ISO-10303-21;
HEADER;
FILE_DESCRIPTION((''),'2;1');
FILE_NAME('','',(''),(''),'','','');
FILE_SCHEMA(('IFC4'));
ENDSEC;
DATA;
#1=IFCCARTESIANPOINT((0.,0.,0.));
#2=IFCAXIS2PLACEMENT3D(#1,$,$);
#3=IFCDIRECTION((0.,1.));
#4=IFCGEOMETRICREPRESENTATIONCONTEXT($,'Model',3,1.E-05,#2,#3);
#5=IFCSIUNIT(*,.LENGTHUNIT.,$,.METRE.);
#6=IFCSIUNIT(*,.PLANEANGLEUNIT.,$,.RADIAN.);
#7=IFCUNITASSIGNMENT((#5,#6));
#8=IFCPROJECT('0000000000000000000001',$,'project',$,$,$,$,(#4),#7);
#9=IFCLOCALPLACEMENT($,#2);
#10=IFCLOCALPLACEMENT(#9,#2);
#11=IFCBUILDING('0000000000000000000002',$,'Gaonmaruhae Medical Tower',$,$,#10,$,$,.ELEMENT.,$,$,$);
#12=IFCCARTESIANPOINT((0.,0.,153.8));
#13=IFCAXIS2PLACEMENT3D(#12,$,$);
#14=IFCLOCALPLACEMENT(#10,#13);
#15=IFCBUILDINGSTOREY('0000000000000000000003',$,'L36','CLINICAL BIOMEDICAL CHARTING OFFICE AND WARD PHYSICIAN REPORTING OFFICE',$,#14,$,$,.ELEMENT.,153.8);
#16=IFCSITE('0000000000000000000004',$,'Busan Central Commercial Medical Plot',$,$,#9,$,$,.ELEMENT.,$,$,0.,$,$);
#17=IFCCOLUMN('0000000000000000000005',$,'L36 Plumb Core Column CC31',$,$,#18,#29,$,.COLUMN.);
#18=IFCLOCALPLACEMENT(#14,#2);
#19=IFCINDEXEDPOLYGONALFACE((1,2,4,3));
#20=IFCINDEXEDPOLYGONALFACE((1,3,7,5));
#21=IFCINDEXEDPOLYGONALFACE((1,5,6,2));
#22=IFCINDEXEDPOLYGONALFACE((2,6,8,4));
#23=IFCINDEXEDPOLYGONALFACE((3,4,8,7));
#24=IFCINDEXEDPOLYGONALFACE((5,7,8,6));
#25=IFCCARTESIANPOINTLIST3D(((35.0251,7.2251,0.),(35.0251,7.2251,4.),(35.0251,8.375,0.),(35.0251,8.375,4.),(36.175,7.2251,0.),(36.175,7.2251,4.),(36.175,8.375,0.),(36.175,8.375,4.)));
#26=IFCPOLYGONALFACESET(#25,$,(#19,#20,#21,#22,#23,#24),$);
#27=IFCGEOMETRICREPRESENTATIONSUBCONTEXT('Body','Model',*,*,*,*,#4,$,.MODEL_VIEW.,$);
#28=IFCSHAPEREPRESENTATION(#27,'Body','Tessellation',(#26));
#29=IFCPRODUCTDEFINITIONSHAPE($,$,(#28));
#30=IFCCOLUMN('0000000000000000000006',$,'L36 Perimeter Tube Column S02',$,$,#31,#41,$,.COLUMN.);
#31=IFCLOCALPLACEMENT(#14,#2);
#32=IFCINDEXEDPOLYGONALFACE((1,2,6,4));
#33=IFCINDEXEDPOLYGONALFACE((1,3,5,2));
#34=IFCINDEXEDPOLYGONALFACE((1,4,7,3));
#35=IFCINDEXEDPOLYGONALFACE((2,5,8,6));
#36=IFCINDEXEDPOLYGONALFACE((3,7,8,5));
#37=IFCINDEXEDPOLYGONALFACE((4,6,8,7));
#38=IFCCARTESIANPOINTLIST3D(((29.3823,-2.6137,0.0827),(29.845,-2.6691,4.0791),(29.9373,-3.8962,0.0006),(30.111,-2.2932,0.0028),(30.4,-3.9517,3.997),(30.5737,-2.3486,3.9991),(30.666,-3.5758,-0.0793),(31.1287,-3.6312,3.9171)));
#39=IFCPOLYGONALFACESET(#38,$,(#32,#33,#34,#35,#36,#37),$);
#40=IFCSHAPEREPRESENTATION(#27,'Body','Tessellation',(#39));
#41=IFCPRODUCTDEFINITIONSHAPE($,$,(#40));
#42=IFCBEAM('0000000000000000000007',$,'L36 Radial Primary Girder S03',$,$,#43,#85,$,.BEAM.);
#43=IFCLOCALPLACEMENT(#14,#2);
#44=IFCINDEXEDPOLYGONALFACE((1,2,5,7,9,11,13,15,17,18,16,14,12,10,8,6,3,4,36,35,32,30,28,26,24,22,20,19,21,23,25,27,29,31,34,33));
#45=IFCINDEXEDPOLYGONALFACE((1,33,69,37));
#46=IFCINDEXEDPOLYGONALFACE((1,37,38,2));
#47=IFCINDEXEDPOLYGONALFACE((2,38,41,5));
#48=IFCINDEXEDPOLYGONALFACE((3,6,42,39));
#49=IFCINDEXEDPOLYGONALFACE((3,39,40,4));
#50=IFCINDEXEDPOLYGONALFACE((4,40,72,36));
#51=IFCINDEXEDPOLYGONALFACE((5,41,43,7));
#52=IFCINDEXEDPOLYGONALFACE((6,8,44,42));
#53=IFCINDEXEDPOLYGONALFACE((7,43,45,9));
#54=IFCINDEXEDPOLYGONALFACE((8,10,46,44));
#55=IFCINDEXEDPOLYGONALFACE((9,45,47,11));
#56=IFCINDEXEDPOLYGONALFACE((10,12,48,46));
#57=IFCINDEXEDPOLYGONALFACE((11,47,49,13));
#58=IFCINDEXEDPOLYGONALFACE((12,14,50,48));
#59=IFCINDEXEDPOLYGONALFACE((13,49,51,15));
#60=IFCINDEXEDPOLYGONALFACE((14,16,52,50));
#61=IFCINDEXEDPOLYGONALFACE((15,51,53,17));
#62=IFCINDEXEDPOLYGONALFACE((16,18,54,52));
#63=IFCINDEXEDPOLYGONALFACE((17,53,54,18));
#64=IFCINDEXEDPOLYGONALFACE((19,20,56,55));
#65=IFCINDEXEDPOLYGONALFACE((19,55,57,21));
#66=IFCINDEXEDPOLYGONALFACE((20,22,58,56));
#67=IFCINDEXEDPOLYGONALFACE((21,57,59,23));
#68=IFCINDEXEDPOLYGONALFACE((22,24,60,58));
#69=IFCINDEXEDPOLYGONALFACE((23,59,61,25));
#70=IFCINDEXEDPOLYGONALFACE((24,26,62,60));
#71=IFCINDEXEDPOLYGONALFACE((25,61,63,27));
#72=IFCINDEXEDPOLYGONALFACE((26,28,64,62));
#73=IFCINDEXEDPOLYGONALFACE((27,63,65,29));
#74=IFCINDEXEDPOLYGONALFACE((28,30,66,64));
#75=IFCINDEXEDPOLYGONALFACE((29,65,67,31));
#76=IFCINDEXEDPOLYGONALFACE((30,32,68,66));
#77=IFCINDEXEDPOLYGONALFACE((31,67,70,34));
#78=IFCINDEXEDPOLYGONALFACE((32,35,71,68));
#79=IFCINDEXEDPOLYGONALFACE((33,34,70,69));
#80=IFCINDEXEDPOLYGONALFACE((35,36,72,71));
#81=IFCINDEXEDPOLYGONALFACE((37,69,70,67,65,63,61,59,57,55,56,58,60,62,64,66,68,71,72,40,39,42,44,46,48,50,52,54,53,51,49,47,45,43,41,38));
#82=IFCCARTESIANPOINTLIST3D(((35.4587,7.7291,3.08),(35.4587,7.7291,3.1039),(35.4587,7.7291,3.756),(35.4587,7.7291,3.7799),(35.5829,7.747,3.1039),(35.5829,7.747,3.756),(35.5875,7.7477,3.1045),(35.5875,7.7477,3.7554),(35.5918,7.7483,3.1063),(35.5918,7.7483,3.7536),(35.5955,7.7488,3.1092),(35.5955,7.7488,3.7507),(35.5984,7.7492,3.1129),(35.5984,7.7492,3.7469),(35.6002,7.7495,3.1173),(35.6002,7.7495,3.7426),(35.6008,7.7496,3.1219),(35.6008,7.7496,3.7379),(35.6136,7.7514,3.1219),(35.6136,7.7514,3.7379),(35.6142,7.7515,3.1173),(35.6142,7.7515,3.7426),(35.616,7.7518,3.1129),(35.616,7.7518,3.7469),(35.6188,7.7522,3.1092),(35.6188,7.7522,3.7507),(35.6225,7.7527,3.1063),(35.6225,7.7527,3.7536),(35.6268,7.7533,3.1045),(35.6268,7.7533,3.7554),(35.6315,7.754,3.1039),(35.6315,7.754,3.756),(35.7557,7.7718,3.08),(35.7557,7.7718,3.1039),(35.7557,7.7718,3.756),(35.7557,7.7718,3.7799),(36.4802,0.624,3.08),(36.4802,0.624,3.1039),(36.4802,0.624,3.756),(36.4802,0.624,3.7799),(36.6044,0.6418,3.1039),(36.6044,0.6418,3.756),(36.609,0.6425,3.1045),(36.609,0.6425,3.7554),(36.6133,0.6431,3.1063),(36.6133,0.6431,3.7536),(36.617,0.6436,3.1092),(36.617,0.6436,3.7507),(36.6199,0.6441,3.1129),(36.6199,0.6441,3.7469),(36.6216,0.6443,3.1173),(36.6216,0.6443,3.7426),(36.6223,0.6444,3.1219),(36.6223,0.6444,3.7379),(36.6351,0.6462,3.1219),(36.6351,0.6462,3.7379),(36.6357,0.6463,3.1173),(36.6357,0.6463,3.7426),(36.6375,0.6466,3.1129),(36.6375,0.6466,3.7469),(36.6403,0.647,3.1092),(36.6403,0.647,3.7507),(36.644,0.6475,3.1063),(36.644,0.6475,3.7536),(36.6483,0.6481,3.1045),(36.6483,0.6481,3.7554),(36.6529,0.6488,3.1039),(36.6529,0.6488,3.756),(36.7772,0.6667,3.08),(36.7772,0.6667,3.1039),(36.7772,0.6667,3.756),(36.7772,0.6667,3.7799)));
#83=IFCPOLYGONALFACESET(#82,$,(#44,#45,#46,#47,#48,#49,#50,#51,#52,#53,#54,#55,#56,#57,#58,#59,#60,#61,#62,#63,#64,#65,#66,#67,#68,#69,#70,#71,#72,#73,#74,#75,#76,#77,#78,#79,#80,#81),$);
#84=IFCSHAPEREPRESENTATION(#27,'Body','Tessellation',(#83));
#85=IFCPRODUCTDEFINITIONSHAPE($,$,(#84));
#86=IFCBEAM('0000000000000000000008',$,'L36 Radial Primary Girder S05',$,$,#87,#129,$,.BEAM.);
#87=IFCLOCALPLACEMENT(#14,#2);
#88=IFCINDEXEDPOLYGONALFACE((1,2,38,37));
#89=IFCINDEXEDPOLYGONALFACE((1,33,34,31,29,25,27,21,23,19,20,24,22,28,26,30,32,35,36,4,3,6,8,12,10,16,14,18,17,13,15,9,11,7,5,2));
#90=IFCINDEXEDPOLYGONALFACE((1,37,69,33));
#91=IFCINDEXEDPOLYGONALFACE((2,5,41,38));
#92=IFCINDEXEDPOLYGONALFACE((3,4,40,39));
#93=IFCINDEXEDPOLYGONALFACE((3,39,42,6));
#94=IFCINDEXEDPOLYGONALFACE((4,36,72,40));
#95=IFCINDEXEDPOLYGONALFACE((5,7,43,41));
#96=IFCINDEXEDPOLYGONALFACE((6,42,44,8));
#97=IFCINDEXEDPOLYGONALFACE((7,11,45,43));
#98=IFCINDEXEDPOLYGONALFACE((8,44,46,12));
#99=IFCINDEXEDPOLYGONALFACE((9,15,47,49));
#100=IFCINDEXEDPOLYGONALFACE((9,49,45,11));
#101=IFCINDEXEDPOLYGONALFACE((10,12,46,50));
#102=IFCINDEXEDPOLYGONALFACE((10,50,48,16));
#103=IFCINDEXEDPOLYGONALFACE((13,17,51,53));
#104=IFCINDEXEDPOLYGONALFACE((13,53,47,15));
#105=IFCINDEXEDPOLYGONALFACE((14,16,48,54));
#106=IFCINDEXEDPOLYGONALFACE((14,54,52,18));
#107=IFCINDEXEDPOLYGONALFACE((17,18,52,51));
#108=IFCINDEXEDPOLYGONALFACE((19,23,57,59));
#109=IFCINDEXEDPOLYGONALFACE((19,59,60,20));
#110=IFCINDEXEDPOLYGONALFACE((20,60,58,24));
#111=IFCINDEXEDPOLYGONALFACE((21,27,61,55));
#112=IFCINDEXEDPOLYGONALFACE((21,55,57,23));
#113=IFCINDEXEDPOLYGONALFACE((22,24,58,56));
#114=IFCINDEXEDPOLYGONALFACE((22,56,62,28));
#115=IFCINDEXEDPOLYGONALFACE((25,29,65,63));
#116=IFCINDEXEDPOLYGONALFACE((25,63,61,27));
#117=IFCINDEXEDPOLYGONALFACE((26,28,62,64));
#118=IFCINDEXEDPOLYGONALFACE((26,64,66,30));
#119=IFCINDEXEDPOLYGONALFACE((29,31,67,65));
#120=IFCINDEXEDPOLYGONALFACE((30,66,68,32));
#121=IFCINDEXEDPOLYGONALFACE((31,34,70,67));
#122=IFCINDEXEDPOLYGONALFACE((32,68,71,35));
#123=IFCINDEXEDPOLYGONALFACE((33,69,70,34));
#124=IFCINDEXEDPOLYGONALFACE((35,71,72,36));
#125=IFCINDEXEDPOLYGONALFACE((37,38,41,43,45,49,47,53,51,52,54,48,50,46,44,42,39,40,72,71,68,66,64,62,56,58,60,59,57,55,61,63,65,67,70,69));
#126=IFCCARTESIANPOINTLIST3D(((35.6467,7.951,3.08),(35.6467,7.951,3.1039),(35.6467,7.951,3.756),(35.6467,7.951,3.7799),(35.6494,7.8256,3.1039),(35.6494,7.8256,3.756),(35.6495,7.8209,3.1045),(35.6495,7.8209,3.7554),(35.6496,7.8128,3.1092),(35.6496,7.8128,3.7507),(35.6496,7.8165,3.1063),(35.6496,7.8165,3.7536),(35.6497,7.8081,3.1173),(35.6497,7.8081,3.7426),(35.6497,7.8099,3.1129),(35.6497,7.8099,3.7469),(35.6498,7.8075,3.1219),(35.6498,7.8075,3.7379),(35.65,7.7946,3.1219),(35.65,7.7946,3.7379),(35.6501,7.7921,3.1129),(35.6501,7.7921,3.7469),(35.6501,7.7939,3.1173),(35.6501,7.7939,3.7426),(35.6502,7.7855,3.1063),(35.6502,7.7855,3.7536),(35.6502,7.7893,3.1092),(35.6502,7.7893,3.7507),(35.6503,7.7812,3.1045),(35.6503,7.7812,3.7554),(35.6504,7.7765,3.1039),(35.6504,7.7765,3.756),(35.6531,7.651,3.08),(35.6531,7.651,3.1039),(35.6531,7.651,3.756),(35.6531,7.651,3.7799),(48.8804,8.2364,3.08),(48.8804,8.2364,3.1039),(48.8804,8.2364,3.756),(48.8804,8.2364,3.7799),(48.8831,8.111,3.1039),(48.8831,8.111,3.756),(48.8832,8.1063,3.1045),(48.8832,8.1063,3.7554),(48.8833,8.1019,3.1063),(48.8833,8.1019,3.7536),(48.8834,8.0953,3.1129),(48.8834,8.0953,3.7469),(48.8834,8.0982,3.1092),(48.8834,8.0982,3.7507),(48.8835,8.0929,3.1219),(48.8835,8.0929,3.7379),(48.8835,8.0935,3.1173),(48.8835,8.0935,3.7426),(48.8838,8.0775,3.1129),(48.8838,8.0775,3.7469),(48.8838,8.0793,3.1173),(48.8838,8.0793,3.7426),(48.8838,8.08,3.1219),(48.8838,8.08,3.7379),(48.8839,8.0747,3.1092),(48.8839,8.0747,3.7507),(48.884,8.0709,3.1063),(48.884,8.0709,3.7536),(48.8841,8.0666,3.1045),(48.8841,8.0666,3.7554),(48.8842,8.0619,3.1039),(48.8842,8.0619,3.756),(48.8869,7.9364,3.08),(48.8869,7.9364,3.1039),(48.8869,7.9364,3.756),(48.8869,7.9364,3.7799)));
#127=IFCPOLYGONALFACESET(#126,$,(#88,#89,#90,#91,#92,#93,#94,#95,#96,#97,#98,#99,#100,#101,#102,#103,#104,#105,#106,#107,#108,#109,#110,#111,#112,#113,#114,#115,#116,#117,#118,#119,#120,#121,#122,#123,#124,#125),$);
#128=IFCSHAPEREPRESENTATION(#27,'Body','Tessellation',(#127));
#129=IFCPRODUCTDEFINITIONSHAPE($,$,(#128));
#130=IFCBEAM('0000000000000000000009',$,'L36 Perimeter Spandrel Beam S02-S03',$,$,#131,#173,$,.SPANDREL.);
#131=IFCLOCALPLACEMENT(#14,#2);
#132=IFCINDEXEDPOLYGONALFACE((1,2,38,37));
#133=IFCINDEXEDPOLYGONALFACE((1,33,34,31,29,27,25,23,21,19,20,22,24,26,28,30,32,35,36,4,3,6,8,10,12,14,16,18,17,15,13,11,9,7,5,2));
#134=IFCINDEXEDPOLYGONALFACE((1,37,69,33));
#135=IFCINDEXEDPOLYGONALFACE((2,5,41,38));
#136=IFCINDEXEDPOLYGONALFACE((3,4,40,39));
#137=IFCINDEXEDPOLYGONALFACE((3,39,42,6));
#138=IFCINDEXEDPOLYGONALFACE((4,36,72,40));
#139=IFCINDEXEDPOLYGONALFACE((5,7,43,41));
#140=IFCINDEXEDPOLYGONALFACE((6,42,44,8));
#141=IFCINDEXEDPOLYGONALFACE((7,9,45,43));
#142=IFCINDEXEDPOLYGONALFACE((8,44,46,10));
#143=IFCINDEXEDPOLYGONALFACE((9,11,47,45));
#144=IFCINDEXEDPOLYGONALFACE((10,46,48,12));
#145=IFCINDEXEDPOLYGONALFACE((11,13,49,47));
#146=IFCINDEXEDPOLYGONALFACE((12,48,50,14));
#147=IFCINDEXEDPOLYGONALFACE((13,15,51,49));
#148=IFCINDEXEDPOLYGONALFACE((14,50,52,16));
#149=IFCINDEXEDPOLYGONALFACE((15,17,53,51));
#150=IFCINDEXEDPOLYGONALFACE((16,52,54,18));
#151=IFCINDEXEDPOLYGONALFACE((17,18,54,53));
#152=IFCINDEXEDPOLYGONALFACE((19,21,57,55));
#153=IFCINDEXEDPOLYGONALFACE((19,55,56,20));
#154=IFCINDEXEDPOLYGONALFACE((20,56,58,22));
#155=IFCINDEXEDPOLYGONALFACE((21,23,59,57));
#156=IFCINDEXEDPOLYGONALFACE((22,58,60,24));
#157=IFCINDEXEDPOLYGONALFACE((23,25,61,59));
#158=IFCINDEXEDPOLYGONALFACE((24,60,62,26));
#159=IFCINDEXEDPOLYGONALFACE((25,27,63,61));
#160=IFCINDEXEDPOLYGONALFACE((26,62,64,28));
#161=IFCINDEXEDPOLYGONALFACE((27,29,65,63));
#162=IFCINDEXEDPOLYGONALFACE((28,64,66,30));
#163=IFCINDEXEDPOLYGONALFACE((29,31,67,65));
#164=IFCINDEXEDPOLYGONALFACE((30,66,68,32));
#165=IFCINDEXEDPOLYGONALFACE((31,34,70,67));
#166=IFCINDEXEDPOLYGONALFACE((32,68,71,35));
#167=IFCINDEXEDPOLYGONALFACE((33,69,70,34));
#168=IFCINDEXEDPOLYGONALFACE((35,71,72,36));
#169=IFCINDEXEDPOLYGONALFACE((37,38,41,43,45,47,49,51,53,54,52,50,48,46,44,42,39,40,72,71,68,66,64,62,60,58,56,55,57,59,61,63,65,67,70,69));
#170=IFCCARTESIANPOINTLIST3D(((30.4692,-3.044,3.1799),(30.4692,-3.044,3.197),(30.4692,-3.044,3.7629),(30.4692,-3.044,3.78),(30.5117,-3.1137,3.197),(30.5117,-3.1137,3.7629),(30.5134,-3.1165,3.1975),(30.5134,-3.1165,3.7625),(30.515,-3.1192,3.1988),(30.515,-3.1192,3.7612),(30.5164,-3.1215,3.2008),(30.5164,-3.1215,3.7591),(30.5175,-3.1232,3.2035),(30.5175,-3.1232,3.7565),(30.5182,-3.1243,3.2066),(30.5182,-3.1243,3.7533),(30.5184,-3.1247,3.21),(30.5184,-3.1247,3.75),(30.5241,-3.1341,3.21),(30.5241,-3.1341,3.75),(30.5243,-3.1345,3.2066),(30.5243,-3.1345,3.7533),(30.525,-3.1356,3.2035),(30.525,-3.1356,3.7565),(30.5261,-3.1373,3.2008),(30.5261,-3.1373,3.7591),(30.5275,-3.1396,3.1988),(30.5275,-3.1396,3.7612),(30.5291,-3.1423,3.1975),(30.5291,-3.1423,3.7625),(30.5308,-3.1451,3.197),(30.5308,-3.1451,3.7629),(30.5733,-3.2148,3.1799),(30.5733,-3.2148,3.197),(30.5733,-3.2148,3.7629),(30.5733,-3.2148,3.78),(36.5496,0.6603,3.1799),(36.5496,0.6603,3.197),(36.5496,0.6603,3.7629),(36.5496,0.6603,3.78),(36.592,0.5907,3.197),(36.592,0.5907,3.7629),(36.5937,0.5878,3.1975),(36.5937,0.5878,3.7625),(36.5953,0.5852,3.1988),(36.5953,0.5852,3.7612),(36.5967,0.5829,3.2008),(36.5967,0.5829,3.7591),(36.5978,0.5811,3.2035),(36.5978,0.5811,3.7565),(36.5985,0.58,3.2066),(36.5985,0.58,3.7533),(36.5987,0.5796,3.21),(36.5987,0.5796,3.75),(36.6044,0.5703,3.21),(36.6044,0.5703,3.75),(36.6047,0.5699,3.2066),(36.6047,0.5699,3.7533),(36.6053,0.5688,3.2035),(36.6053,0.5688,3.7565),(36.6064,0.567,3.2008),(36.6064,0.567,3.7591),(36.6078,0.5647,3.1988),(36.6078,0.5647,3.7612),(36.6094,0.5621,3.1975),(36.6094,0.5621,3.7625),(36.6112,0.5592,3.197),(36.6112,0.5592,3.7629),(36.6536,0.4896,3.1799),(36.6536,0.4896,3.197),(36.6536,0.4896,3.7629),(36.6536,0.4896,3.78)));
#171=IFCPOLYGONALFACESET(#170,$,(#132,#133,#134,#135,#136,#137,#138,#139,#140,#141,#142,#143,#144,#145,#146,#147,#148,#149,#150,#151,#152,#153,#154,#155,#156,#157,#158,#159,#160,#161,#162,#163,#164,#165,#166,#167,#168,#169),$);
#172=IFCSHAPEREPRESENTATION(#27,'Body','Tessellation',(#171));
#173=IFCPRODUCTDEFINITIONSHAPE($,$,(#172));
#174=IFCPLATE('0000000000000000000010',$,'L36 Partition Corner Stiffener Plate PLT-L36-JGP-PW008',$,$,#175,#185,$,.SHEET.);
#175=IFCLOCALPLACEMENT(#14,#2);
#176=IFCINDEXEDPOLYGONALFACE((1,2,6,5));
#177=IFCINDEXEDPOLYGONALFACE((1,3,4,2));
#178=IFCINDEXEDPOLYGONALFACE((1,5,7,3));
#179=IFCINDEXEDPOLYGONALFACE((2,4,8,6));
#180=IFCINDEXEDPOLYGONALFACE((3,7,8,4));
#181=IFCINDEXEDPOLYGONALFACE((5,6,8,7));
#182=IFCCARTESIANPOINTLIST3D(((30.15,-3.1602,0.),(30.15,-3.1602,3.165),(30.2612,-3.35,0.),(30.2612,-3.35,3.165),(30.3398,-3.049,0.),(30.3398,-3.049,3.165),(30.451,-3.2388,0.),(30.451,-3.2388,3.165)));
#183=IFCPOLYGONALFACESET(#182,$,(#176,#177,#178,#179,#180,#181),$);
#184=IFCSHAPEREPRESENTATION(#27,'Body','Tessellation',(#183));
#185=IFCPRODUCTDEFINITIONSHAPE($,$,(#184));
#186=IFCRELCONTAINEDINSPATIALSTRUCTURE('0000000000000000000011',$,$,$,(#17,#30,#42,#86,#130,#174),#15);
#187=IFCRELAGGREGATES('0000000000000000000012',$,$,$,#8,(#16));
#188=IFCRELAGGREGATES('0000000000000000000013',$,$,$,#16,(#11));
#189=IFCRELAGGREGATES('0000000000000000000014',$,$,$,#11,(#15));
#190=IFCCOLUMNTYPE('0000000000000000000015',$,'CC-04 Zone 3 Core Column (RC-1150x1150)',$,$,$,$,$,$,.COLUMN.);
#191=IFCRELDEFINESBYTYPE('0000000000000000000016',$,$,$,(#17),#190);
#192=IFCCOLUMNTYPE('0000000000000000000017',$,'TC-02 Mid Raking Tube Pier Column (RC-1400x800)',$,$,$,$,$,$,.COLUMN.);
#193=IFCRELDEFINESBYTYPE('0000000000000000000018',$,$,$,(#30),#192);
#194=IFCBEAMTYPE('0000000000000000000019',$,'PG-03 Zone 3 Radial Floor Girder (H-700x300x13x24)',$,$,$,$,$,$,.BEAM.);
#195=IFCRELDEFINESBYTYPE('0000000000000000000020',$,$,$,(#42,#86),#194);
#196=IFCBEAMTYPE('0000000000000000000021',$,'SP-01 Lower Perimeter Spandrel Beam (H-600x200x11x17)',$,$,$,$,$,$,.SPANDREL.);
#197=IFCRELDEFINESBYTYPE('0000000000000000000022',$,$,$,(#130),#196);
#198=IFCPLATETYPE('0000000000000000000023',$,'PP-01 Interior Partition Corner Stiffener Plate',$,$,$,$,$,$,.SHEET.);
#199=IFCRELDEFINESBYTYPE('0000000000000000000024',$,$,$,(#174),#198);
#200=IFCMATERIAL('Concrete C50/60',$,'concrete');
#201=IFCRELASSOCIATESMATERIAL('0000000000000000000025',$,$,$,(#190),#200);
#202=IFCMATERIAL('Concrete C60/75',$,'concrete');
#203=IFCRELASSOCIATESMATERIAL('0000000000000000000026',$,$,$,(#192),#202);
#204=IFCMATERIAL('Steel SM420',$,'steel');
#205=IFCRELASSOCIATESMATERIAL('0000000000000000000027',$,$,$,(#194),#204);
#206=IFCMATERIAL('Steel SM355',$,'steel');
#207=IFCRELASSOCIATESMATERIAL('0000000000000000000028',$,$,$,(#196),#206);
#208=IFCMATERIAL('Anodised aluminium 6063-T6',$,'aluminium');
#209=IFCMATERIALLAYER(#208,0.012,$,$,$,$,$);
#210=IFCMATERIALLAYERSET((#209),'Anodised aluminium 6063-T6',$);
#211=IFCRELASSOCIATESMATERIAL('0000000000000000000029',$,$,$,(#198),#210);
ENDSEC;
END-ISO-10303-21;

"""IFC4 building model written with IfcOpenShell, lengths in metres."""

from ifc_helpers import new_model, si_unit, direction, frame, origin, origin_2d, place, context, subcontext, project, spatial, rectangle, i_section, extrude, material, layer, layer_set, material_profile, profile_set, type_object, element, save


model = new_model("IFC4")

# Units and contexts
model_context = context("Model", 3, precision=1e-05, world=origin(), true_north=direction((0.0, 1.0)))
body_context = subcontext(model_context, "Body", "Model", "MODEL_VIEW")
ifc_project = project(units=[si_unit("LENGTHUNIT", "METRE"), si_unit("PLANEANGLEUNIT", "RADIAN")], contexts=[model_context])

# Site, building, storey
site_placement = place(None, origin())
site = spatial("IfcSite", under=ifc_project, at=site_placement, Name="Busan Central Commercial Medical Plot", CompositionType="ELEMENT", RefElevation=0.0)
building_placement = place(site_placement, origin())
building = spatial("IfcBuilding", under=site, at=building_placement, Name="Gaonmaruhae Medical Tower", CompositionType="ELEMENT")
storey_placement = place(building_placement, frame((0.0, 0.0, 153.8)))
storey = spatial("IfcBuildingStorey", under=building, at=storey_placement, Name="L36", Description="CLINICAL BIOMEDICAL CHARTING OFFICE AND WARD PHYSICIAN REPORTING OFFICE", CompositionType="ELEMENT", Elevation=153.8)

# Columns
ifc_material_1 = material(Name="Concrete C50/60", Category="concrete")
ifc_material_profile_1 = material_profile(ifc_material_1, rectangle(XDim=1.1499, YDim=1.1499, at=origin_2d()), Name="RC-1150x1150")
ifc_profile_set_1 = profile_set([ifc_material_profile_1], Name="Concrete C50/60")
column_type_1 = type_object("IfcColumnType", Name="CC-04 Zone 3 Core Column (RC-1150x1150)", PredefinedType="COLUMN", material=ifc_profile_set_1)
column_1_placement = place(storey_placement, frame((35.6001, 7.8, 0.0), z_axis=(0.0, 0.0, 1.0), x_axis=(1.0, 0.0, 0.0)))
element("IfcColumn", 1, at=column_1_placement, inside=storey, type_object=column_type_1, Name="L36 Plumb Core Column CC31", PredefinedType="COLUMN", context=body_context, shape_type="SweptSolid", body=[
    extrude(rectangle(XDim=1.1499, YDim=1.1499, at=origin_2d()), origin(), (0.0, 0.0, 1.0), 4.0),
])
ifc_material_2 = material(Name="Concrete C60/75", Category="concrete")
ifc_material_profile_2 = material_profile(ifc_material_2, rectangle(XDim=1.3999, YDim=0.8, at=origin_2d()), Name="RC-1400x800")
ifc_profile_set_2 = profile_set([ifc_material_profile_2], Name="Concrete C60/75")
column_type_2 = type_object("IfcColumnType", Name="TC-02 Mid Raking Tube Pier Column (RC-1400x800)", PredefinedType="COLUMN", material=ifc_profile_set_2)
column_2_placement = place(storey_placement, frame((30.0242, -3.0947, 0.0017), z_axis=(0.114989, -0.013774, 0.993271), x_axis=(-0.396475, 0.916173, 0.058604)))
element("IfcColumn", 2, at=column_2_placement, inside=storey, type_object=column_type_2, Name="L36 Perimeter Tube Column S02", PredefinedType="COLUMN", context=body_context, shape_type="SweptSolid", body=[
    extrude(rectangle(XDim=1.3999, YDim=0.8, at=origin_2d()), origin(), (0.0, 0.0, 1.0), 4.0234),
])

# Beams
ifc_material_3 = material(Name="Steel SM420", Category="steel")
ifc_material_profile_3 = material_profile(ifc_material_3, i_section(OverallWidth=0.3, OverallDepth=0.7, WebThickness=0.0129, FlangeThickness=0.0239, FilletRadius=0.0181, at=origin_2d()), Name="H-700x300x13x24")
ifc_profile_set_3 = profile_set([ifc_material_profile_3], Name="Steel SM420")
beam_type_1 = type_object("IfcBeamType", Name="PG-03 Zone 3 Radial Floor Girder (H-700x300x13x24)", PredefinedType="BEAM", material=ifc_profile_set_3)
beam_1_placement = place(storey_placement, frame((35.6072, 7.7505, 3.4299), z_axis=(0.142302, -0.989823, 0.0), x_axis=(0.989823, 0.142302, 0.0)))
element("IfcBeam", 3, at=beam_1_placement, inside=storey, type_object=beam_type_1, Name="L36 Radial Primary Girder S03", PredefinedType="BEAM", context=body_context, shape_type="SweptSolid", body=[
    extrude(i_section(OverallWidth=0.3, OverallDepth=0.7, WebThickness=0.0129, FlangeThickness=0.0239, FilletRadius=0.0181, at=origin_2d()), origin(), (0.0, 0.0, 1.0), 7.1782),
])
beam_2_placement = place(storey_placement, frame((35.6499, 7.801, 3.4299), z_axis=(0.999768, 0.021561, 0.0), x_axis=(-0.021561, 0.999768, 0.0)))
element("IfcBeam", 4, at=beam_2_placement, inside=storey, type_object=beam_type_1, Name="L36 Radial Primary Girder S05", PredefinedType="BEAM", context=body_context, shape_type="SweptSolid", body=[
    extrude(i_section(OverallWidth=0.3, OverallDepth=0.7, WebThickness=0.0129, FlangeThickness=0.0239, FilletRadius=0.0181, at=origin_2d()), origin(), (0.0, 0.0, 1.0), 13.2368),
])
ifc_material_4 = material(Name="Steel SM355", Category="steel")
ifc_material_profile_4 = material_profile(ifc_material_4, i_section(OverallWidth=0.2, OverallDepth=0.6001, WebThickness=0.011, FlangeThickness=0.0171, FilletRadius=0.0129, at=origin_2d()), Name="H-600x200x11x17")
ifc_profile_set_4 = profile_set([ifc_material_profile_4], Name="Steel SM355")
beam_type_2 = type_object("IfcBeamType", Name="SP-01 Lower Perimeter Spandrel Beam (H-600x200x11x17)", PredefinedType="SPANDREL", material=ifc_profile_set_4)
beam_3_placement = place(storey_placement, frame((30.5212, -3.1294, 3.48), z_axis=(0.853994, 0.520283, 0.0), x_axis=(-0.520283, 0.853994, 0.0)))
element("IfcBeam", 5, at=beam_3_placement, inside=storey, type_object=beam_type_2, Name="L36 Perimeter Spandrel Beam S02-S03", PredefinedType="SPANDREL", context=body_context, shape_type="SweptSolid", body=[
    extrude(i_section(OverallWidth=0.2, OverallDepth=0.6001, WebThickness=0.011, FlangeThickness=0.0171, FilletRadius=0.0129, at=origin_2d()), origin(), (0.0, 0.0, 1.0), 7.1199),
])

# Plate
ifc_material_5 = material(Name="Anodised aluminium 6063-T6", Category="aluminium")
ifc_layer_1 = layer(ifc_material_5, 0.012)
ifc_layer_set_1 = layer_set([ifc_layer_1], Name="Anodised aluminium 6063-T6")
plate_type = type_object("IfcPlateType", Name="PP-01 Interior Partition Corner Stiffener Plate", PredefinedType="SHEET", material=ifc_layer_set_1)
plate_1_placement = place(storey_placement, frame((30.3005, -3.1995, 0.0), z_axis=(0.0, 0.0, 1.0), x_axis=(-0.862823, -0.505507, 0.0)))
element("IfcPlate", 6, at=plate_1_placement, inside=storey, type_object=plate_type, Name="L36 Partition Corner Stiffener Plate PLT-L36-JGP-PW008", PredefinedType="SHEET", context=body_context, shape_type="SweptSolid", body=[
    extrude(rectangle(XDim=0.22, YDim=0.22, at=origin_2d()), origin(), (0.0, 0.0, 1.0), 3.165),
])

save(model, "model.ifc")
